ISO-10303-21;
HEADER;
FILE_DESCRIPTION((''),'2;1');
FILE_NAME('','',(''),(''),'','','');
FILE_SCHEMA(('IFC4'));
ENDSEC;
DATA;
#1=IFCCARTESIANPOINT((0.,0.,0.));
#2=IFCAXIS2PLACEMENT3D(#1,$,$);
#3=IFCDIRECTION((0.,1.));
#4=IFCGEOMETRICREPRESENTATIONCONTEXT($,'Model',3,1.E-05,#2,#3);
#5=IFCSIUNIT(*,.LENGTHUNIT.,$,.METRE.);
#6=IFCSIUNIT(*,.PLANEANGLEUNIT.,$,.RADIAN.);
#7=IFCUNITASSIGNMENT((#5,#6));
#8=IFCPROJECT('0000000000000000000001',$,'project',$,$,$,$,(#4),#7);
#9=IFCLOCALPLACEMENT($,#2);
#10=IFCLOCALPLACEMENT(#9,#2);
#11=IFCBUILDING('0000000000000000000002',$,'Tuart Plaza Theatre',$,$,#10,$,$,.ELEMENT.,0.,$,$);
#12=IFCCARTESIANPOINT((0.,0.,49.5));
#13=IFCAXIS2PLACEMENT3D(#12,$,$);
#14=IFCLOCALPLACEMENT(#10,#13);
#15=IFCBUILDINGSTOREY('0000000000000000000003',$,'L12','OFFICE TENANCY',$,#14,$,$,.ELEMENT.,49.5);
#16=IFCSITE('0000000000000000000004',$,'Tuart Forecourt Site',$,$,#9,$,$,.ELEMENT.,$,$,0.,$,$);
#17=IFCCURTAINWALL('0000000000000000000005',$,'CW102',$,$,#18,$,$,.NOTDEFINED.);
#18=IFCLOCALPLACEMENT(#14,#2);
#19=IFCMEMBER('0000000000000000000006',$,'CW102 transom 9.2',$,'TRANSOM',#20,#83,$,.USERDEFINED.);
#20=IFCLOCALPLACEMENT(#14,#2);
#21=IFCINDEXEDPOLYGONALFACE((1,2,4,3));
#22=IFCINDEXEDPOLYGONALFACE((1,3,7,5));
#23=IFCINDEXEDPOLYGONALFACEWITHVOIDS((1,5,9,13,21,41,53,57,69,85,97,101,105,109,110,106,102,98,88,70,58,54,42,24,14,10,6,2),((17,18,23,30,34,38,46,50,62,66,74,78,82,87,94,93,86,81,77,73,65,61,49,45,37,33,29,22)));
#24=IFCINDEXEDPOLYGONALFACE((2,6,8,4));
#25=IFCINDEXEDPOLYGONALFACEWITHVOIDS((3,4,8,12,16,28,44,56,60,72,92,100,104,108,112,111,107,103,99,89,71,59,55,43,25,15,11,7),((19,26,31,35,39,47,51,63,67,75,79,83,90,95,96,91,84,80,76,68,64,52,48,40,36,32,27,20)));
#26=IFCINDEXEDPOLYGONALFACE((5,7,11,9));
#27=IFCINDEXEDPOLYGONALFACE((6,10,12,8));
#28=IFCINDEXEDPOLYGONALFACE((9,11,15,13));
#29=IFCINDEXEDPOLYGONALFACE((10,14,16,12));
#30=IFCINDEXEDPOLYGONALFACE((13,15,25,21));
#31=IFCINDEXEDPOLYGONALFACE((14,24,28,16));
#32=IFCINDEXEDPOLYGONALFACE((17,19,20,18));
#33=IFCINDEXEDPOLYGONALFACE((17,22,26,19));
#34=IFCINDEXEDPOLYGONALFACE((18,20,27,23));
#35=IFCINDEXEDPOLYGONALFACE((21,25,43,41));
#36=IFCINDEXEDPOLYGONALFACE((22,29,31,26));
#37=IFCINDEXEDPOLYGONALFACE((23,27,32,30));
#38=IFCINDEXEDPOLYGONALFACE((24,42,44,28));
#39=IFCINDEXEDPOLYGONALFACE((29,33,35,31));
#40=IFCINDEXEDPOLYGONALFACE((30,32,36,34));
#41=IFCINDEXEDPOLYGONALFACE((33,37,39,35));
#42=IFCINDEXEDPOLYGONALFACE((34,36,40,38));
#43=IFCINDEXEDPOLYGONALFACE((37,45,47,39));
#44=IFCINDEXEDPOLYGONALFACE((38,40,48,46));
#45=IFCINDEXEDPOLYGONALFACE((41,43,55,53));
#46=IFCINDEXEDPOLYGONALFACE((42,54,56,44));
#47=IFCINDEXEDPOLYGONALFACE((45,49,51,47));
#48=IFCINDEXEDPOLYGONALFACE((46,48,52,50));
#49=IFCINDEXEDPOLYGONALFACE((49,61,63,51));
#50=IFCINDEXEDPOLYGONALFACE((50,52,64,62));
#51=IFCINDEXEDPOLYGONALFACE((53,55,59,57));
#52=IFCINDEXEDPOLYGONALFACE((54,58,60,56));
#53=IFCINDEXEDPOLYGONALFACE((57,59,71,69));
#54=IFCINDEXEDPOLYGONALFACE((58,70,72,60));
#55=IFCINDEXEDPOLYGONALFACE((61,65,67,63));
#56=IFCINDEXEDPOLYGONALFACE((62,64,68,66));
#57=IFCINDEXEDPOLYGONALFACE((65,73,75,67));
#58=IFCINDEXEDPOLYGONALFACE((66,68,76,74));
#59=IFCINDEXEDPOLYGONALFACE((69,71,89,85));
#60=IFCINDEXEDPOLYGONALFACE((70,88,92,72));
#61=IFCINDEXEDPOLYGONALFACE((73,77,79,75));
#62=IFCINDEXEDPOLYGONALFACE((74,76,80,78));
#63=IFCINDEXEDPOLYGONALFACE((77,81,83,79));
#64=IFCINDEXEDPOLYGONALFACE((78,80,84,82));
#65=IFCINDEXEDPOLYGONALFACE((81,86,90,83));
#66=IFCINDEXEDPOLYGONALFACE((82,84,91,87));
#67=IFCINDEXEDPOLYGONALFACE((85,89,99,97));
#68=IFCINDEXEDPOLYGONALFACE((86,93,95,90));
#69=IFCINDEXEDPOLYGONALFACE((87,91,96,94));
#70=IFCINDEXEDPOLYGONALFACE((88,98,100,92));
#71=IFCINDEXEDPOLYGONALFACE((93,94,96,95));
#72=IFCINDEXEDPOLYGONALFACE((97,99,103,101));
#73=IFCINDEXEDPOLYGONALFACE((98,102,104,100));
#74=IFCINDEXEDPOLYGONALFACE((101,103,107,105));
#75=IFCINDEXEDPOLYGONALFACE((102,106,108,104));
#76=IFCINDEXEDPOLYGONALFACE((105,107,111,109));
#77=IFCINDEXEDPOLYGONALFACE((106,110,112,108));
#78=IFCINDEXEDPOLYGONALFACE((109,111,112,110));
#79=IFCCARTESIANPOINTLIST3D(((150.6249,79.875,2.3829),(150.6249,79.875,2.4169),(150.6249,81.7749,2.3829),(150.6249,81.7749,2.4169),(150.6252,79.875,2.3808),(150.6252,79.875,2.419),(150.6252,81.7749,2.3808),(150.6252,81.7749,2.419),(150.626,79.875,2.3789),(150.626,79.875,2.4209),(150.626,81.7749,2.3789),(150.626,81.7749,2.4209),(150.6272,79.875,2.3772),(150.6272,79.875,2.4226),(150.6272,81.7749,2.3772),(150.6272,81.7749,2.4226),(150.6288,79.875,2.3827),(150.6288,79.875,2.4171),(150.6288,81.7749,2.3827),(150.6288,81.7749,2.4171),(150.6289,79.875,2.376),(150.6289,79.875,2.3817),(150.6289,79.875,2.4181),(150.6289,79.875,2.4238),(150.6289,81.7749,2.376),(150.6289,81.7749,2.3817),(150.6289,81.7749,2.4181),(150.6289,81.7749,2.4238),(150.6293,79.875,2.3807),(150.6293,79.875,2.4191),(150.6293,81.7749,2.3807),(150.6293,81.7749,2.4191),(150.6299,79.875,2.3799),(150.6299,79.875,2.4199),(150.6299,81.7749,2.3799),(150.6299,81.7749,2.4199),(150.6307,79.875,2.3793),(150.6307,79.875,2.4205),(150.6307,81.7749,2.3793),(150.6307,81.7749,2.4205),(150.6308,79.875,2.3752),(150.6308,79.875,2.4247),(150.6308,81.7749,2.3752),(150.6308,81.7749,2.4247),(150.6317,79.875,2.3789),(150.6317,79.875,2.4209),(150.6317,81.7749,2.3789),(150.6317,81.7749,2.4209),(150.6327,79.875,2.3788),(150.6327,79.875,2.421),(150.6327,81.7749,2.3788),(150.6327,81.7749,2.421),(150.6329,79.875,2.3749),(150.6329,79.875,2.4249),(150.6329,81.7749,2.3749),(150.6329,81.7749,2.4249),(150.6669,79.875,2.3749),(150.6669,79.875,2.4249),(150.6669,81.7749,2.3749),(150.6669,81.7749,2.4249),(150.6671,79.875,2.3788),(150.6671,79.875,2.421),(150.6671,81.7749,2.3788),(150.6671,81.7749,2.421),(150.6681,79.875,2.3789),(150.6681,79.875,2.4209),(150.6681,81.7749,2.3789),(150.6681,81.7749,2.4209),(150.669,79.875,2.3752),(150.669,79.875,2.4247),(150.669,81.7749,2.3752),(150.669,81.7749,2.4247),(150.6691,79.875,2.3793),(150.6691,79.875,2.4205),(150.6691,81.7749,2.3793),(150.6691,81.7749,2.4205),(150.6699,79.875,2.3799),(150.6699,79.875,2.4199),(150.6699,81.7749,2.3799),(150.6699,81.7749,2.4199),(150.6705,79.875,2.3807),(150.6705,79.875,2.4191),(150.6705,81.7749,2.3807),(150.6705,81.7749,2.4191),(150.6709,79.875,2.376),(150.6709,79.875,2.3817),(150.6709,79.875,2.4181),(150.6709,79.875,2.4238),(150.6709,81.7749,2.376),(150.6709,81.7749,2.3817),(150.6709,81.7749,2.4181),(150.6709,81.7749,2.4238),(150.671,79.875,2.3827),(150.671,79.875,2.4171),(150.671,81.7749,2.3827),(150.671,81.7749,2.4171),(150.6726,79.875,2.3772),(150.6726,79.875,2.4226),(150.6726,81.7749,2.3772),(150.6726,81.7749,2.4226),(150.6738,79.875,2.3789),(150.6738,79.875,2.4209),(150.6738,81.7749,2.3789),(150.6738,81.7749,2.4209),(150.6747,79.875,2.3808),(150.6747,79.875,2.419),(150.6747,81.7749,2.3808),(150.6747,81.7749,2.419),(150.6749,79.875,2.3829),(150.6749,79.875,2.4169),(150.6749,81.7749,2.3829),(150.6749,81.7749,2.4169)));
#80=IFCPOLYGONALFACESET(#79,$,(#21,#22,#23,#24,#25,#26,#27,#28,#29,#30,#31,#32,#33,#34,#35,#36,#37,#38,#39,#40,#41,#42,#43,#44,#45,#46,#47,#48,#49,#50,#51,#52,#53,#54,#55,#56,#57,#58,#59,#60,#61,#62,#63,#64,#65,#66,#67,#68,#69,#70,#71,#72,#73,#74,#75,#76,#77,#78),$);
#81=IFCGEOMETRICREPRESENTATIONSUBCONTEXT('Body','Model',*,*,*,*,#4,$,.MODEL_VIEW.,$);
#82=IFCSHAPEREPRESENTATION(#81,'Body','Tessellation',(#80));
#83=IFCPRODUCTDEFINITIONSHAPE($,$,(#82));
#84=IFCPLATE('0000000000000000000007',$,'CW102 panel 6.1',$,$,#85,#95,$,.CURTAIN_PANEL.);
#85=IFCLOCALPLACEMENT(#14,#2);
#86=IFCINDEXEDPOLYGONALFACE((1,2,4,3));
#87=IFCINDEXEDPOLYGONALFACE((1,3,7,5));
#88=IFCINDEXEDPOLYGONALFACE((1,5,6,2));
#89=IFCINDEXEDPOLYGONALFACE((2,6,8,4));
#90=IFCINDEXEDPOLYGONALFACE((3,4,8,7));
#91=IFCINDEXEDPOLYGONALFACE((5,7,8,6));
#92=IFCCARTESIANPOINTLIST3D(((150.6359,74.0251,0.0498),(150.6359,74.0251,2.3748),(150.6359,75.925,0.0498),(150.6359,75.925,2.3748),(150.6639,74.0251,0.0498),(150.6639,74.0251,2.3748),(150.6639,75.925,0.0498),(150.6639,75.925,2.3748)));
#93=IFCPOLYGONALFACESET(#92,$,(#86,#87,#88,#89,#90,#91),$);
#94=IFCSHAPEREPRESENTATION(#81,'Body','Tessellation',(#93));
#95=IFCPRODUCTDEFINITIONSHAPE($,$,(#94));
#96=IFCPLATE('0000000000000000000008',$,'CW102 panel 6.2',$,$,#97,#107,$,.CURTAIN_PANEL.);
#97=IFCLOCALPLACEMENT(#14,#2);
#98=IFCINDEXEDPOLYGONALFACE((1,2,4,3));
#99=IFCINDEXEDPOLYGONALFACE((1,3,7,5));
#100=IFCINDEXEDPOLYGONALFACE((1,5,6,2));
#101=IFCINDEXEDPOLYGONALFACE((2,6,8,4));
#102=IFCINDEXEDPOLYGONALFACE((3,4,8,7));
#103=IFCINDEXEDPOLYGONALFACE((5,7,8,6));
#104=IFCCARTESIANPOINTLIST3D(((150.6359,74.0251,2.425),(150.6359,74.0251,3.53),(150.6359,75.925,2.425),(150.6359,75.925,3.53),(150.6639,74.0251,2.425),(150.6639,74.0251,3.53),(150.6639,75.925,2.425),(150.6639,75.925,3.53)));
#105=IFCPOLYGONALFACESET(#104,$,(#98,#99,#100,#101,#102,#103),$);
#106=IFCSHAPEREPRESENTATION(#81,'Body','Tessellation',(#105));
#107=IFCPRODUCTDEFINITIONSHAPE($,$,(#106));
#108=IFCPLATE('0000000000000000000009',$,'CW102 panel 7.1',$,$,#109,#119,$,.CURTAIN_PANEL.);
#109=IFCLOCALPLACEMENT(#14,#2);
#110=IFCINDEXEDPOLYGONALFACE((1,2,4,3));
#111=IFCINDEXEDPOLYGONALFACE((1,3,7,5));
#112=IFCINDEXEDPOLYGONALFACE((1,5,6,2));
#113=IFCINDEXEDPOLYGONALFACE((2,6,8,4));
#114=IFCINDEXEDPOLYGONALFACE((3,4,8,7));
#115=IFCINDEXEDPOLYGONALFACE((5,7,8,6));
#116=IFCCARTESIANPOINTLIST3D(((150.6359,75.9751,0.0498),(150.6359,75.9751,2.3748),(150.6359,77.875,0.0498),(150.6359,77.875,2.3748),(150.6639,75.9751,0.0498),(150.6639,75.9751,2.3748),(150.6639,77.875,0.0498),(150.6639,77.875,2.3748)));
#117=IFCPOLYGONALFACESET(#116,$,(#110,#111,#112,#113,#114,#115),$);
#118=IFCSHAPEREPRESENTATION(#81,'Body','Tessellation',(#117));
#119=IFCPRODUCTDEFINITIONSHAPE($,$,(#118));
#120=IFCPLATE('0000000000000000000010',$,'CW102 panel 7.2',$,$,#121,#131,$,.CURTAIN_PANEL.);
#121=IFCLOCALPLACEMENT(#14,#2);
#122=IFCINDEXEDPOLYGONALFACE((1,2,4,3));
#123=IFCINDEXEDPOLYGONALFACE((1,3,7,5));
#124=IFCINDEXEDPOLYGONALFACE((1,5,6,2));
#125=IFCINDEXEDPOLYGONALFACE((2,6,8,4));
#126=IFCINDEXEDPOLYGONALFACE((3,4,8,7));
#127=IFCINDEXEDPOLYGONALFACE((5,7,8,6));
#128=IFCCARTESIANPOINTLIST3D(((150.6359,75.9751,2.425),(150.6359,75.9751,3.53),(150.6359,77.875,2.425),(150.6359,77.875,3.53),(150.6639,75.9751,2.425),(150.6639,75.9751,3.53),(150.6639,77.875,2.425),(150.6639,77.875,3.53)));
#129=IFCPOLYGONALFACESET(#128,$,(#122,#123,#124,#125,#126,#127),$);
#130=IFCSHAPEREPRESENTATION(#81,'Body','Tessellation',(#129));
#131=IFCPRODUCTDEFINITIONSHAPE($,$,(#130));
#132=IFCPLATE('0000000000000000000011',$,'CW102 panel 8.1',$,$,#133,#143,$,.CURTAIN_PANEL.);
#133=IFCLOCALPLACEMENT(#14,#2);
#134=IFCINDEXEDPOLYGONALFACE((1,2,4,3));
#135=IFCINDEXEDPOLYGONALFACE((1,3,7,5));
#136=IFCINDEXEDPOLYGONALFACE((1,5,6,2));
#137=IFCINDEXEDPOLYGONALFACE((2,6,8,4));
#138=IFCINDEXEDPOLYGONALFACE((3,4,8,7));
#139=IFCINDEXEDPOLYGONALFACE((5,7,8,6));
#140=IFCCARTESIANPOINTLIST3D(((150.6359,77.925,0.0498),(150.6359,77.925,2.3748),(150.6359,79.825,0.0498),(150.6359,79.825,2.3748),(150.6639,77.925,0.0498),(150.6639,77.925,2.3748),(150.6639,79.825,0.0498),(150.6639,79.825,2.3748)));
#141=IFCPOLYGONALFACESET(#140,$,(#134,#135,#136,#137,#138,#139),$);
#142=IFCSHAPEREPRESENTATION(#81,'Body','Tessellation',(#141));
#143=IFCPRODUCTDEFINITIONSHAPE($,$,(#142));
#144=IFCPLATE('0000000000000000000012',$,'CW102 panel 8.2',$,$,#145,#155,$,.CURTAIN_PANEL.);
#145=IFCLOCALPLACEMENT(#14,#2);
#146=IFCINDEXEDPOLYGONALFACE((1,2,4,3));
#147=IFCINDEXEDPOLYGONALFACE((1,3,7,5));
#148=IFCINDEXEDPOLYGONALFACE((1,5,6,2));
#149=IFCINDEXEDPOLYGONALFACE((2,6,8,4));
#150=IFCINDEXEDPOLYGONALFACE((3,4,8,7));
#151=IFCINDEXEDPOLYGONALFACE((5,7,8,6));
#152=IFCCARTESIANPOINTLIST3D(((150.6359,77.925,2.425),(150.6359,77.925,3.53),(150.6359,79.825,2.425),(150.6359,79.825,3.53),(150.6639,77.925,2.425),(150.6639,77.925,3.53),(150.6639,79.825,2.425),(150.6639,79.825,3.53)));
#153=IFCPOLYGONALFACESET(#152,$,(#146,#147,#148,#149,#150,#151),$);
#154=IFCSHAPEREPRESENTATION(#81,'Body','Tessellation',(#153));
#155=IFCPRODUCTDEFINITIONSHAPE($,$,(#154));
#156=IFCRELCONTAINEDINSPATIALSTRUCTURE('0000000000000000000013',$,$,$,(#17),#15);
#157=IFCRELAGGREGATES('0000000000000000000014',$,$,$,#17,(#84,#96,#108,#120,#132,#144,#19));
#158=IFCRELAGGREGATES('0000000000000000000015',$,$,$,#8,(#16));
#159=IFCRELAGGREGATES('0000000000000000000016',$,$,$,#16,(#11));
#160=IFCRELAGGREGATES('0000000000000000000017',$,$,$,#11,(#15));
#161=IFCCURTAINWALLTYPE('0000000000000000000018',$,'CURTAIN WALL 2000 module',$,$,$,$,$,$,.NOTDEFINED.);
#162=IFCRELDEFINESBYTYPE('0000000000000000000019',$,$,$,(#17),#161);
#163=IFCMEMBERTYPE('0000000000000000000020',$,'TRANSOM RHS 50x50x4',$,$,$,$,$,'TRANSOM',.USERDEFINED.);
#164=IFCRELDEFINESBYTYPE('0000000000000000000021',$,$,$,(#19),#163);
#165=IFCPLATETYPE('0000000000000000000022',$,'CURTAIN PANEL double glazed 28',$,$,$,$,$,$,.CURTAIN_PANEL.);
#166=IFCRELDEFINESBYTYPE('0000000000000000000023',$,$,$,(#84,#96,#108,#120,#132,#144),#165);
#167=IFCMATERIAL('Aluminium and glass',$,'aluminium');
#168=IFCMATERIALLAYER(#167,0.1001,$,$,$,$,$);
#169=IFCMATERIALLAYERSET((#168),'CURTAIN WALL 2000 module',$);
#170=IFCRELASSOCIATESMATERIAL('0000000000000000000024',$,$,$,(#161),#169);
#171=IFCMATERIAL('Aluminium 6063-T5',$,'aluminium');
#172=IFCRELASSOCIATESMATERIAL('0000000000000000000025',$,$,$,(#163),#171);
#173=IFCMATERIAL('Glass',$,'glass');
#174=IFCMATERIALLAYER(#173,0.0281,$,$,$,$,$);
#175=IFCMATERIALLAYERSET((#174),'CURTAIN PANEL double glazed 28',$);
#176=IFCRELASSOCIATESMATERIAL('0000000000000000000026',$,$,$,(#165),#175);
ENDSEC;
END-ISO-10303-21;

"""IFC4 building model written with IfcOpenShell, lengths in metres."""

from ifc_helpers import new_model, si_unit, direction, frame, origin, origin_2d, place, context, subcontext, project, spatial, rectangle, hollow_rectangle, extrude, material, layer, layer_set, material_profile, profile_set, type_object, element, aggregate, save


model = new_model("IFC4")

# Units and contexts
model_context = context("Model", 3, precision=1e-05, world=origin(), true_north=direction((0.0, 1.0)))
body_context = subcontext(model_context, "Body", "Model", "MODEL_VIEW")
ifc_project = project(units=[si_unit("LENGTHUNIT", "METRE"), si_unit("PLANEANGLEUNIT", "RADIAN")], contexts=[model_context])

# Site, building, storey
site_placement = place(None, origin())
site = spatial("IfcSite", under=ifc_project, at=site_placement, Name="Tuart Forecourt Site", CompositionType="ELEMENT", RefElevation=0.0)
building_placement = place(site_placement, origin())
building = spatial("IfcBuilding", under=site, at=building_placement, Name="Tuart Plaza Theatre", CompositionType="ELEMENT", ElevationOfRefHeight=0.0)
storey_placement = place(building_placement, frame((0.0, 0.0, 49.5)))
storey = spatial("IfcBuildingStorey", under=building, at=storey_placement, Name="L12", Description="OFFICE TENANCY", CompositionType="ELEMENT", Elevation=49.5)

# Curtain wall, member, plates
ifc_material_1 = material(Name="Aluminium and glass", Category="aluminium")
ifc_layer_1 = layer(ifc_material_1, 0.1001)
ifc_layer_set_1 = layer_set([ifc_layer_1], Name="CURTAIN WALL 2000 module")
curtain_wall_type = type_object("IfcCurtainWallType", Name="CURTAIN WALL 2000 module", PredefinedType="NOTDEFINED", material=ifc_layer_set_1)
curtain_wall_placement = place(storey_placement, origin())
curtain_wall = element("IfcCurtainWall", 1, at=curtain_wall_placement, inside=storey, type_object=curtain_wall_type, Name="CW102", PredefinedType="NOTDEFINED")
ifc_material_2 = material(Name="Aluminium 6063-T5", Category="aluminium")
ifc_material_profile_1 = material_profile(ifc_material_2, hollow_rectangle(XDim=0.05, YDim=0.05, WallThickness=0.0039, InnerFilletRadius=0.0039, OuterFilletRadius=0.0081, at=origin_2d()), Name="RHS 50x50x4")
ifc_profile_set_1 = profile_set([ifc_material_profile_1], Name="Aluminium 6063-T5")
member_type_1 = type_object("IfcMemberType", Name="TRANSOM RHS 50x50x4", ElementType="TRANSOM", PredefinedType="USERDEFINED", material=ifc_profile_set_1)
member_1_placement = place(storey_placement, frame((150.6499, 79.875, 2.3999), z_axis=(0.0, 1.0, 0.0), x_axis=(-1.0, 0.0, 0.0)))
member_1 = element("IfcMember", 2, at=member_1_placement, type_object=member_type_1, Name="CW102 transom 9.2", ObjectType="TRANSOM", PredefinedType="USERDEFINED", context=body_context, shape_type="SweptSolid", body=[
    extrude(hollow_rectangle(XDim=0.05, YDim=0.05, WallThickness=0.0039, InnerFilletRadius=0.0039, OuterFilletRadius=0.0081, at=origin_2d()), origin(), (0.0, 0.0, 1.0), 1.8999),
])
ifc_material_3 = material(Name="Glass", Category="glass")
ifc_layer_2 = layer(ifc_material_3, 0.0281)
ifc_layer_set_2 = layer_set([ifc_layer_2], Name="CURTAIN PANEL double glazed 28")
plate_type = type_object("IfcPlateType", Name="CURTAIN PANEL double glazed 28", PredefinedType="CURTAIN_PANEL", material=ifc_layer_set_2)
plate_1_placement = place(storey_placement, frame((150.6499, 74.9751, 0.0498), z_axis=(0.0, 0.0, 1.0), x_axis=(0.0, 1.0, 0.0)))
plate_1 = element("IfcPlate", 3, at=plate_1_placement, type_object=plate_type, Name="CW102 panel 6.1", PredefinedType="CURTAIN_PANEL", context=body_context, shape_type="SweptSolid", body=[
    extrude(rectangle(XDim=1.8999, YDim=0.0281, at=origin_2d()), origin(), (0.0, 0.0, 1.0), 2.325),
])
plate_2_placement = place(storey_placement, frame((150.6499, 74.9751, 2.425), z_axis=(0.0, 0.0, 1.0), x_axis=(0.0, 1.0, 0.0)))
plate_2 = element("IfcPlate", 4, at=plate_2_placement, type_object=plate_type, Name="CW102 panel 6.2", PredefinedType="CURTAIN_PANEL", context=body_context, shape_type="SweptSolid", body=[
    extrude(rectangle(XDim=1.8999, YDim=0.0281, at=origin_2d()), origin(), (0.0, 0.0, 1.0), 1.105),
])
plate_3_placement = place(storey_placement, frame((150.6499, 76.925, 0.0498), z_axis=(0.0, 0.0, 1.0), x_axis=(0.0, 1.0, 0.0)))
plate_3 = element("IfcPlate", 5, at=plate_3_placement, type_object=plate_type, Name="CW102 panel 7.1", PredefinedType="CURTAIN_PANEL", context=body_context, shape_type="SweptSolid", body=[
    extrude(rectangle(XDim=1.8999, YDim=0.0281, at=origin_2d()), origin(), (0.0, 0.0, 1.0), 2.325),
])
plate_4_placement = place(storey_placement, frame((150.6499, 76.925, 2.425), z_axis=(0.0, 0.0, 1.0), x_axis=(0.0, 1.0, 0.0)))
plate_4 = element("IfcPlate", 6, at=plate_4_placement, type_object=plate_type, Name="CW102 panel 7.2", PredefinedType="CURTAIN_PANEL", context=body_context, shape_type="SweptSolid", body=[
    extrude(rectangle(XDim=1.8999, YDim=0.0281, at=origin_2d()), origin(), (0.0, 0.0, 1.0), 1.105),
])
plate_5_placement = place(storey_placement, frame((150.6499, 78.875, 0.0498), z_axis=(0.0, 0.0, 1.0), x_axis=(0.0, 1.0, 0.0)))
plate_5 = element("IfcPlate", 7, at=plate_5_placement, type_object=plate_type, Name="CW102 panel 8.1", PredefinedType="CURTAIN_PANEL", context=body_context, shape_type="SweptSolid", body=[
    extrude(rectangle(XDim=1.8999, YDim=0.0281, at=origin_2d()), origin(), (0.0, 0.0, 1.0), 2.325),
])
plate_6_placement = place(storey_placement, frame((150.6499, 78.875, 2.425), z_axis=(0.0, 0.0, 1.0), x_axis=(0.0, 1.0, 0.0)))
plate_6 = element("IfcPlate", 8, at=plate_6_placement, type_object=plate_type, Name="CW102 panel 8.2", PredefinedType="CURTAIN_PANEL", context=body_context, shape_type="SweptSolid", body=[
    extrude(rectangle(XDim=1.8999, YDim=0.0281, at=origin_2d()), origin(), (0.0, 0.0, 1.0), 1.105),
])
aggregate(curtain_wall, [plate_1, plate_2, plate_3, plate_4, plate_5, plate_6, member_1])

save(model, "model.ifc")
